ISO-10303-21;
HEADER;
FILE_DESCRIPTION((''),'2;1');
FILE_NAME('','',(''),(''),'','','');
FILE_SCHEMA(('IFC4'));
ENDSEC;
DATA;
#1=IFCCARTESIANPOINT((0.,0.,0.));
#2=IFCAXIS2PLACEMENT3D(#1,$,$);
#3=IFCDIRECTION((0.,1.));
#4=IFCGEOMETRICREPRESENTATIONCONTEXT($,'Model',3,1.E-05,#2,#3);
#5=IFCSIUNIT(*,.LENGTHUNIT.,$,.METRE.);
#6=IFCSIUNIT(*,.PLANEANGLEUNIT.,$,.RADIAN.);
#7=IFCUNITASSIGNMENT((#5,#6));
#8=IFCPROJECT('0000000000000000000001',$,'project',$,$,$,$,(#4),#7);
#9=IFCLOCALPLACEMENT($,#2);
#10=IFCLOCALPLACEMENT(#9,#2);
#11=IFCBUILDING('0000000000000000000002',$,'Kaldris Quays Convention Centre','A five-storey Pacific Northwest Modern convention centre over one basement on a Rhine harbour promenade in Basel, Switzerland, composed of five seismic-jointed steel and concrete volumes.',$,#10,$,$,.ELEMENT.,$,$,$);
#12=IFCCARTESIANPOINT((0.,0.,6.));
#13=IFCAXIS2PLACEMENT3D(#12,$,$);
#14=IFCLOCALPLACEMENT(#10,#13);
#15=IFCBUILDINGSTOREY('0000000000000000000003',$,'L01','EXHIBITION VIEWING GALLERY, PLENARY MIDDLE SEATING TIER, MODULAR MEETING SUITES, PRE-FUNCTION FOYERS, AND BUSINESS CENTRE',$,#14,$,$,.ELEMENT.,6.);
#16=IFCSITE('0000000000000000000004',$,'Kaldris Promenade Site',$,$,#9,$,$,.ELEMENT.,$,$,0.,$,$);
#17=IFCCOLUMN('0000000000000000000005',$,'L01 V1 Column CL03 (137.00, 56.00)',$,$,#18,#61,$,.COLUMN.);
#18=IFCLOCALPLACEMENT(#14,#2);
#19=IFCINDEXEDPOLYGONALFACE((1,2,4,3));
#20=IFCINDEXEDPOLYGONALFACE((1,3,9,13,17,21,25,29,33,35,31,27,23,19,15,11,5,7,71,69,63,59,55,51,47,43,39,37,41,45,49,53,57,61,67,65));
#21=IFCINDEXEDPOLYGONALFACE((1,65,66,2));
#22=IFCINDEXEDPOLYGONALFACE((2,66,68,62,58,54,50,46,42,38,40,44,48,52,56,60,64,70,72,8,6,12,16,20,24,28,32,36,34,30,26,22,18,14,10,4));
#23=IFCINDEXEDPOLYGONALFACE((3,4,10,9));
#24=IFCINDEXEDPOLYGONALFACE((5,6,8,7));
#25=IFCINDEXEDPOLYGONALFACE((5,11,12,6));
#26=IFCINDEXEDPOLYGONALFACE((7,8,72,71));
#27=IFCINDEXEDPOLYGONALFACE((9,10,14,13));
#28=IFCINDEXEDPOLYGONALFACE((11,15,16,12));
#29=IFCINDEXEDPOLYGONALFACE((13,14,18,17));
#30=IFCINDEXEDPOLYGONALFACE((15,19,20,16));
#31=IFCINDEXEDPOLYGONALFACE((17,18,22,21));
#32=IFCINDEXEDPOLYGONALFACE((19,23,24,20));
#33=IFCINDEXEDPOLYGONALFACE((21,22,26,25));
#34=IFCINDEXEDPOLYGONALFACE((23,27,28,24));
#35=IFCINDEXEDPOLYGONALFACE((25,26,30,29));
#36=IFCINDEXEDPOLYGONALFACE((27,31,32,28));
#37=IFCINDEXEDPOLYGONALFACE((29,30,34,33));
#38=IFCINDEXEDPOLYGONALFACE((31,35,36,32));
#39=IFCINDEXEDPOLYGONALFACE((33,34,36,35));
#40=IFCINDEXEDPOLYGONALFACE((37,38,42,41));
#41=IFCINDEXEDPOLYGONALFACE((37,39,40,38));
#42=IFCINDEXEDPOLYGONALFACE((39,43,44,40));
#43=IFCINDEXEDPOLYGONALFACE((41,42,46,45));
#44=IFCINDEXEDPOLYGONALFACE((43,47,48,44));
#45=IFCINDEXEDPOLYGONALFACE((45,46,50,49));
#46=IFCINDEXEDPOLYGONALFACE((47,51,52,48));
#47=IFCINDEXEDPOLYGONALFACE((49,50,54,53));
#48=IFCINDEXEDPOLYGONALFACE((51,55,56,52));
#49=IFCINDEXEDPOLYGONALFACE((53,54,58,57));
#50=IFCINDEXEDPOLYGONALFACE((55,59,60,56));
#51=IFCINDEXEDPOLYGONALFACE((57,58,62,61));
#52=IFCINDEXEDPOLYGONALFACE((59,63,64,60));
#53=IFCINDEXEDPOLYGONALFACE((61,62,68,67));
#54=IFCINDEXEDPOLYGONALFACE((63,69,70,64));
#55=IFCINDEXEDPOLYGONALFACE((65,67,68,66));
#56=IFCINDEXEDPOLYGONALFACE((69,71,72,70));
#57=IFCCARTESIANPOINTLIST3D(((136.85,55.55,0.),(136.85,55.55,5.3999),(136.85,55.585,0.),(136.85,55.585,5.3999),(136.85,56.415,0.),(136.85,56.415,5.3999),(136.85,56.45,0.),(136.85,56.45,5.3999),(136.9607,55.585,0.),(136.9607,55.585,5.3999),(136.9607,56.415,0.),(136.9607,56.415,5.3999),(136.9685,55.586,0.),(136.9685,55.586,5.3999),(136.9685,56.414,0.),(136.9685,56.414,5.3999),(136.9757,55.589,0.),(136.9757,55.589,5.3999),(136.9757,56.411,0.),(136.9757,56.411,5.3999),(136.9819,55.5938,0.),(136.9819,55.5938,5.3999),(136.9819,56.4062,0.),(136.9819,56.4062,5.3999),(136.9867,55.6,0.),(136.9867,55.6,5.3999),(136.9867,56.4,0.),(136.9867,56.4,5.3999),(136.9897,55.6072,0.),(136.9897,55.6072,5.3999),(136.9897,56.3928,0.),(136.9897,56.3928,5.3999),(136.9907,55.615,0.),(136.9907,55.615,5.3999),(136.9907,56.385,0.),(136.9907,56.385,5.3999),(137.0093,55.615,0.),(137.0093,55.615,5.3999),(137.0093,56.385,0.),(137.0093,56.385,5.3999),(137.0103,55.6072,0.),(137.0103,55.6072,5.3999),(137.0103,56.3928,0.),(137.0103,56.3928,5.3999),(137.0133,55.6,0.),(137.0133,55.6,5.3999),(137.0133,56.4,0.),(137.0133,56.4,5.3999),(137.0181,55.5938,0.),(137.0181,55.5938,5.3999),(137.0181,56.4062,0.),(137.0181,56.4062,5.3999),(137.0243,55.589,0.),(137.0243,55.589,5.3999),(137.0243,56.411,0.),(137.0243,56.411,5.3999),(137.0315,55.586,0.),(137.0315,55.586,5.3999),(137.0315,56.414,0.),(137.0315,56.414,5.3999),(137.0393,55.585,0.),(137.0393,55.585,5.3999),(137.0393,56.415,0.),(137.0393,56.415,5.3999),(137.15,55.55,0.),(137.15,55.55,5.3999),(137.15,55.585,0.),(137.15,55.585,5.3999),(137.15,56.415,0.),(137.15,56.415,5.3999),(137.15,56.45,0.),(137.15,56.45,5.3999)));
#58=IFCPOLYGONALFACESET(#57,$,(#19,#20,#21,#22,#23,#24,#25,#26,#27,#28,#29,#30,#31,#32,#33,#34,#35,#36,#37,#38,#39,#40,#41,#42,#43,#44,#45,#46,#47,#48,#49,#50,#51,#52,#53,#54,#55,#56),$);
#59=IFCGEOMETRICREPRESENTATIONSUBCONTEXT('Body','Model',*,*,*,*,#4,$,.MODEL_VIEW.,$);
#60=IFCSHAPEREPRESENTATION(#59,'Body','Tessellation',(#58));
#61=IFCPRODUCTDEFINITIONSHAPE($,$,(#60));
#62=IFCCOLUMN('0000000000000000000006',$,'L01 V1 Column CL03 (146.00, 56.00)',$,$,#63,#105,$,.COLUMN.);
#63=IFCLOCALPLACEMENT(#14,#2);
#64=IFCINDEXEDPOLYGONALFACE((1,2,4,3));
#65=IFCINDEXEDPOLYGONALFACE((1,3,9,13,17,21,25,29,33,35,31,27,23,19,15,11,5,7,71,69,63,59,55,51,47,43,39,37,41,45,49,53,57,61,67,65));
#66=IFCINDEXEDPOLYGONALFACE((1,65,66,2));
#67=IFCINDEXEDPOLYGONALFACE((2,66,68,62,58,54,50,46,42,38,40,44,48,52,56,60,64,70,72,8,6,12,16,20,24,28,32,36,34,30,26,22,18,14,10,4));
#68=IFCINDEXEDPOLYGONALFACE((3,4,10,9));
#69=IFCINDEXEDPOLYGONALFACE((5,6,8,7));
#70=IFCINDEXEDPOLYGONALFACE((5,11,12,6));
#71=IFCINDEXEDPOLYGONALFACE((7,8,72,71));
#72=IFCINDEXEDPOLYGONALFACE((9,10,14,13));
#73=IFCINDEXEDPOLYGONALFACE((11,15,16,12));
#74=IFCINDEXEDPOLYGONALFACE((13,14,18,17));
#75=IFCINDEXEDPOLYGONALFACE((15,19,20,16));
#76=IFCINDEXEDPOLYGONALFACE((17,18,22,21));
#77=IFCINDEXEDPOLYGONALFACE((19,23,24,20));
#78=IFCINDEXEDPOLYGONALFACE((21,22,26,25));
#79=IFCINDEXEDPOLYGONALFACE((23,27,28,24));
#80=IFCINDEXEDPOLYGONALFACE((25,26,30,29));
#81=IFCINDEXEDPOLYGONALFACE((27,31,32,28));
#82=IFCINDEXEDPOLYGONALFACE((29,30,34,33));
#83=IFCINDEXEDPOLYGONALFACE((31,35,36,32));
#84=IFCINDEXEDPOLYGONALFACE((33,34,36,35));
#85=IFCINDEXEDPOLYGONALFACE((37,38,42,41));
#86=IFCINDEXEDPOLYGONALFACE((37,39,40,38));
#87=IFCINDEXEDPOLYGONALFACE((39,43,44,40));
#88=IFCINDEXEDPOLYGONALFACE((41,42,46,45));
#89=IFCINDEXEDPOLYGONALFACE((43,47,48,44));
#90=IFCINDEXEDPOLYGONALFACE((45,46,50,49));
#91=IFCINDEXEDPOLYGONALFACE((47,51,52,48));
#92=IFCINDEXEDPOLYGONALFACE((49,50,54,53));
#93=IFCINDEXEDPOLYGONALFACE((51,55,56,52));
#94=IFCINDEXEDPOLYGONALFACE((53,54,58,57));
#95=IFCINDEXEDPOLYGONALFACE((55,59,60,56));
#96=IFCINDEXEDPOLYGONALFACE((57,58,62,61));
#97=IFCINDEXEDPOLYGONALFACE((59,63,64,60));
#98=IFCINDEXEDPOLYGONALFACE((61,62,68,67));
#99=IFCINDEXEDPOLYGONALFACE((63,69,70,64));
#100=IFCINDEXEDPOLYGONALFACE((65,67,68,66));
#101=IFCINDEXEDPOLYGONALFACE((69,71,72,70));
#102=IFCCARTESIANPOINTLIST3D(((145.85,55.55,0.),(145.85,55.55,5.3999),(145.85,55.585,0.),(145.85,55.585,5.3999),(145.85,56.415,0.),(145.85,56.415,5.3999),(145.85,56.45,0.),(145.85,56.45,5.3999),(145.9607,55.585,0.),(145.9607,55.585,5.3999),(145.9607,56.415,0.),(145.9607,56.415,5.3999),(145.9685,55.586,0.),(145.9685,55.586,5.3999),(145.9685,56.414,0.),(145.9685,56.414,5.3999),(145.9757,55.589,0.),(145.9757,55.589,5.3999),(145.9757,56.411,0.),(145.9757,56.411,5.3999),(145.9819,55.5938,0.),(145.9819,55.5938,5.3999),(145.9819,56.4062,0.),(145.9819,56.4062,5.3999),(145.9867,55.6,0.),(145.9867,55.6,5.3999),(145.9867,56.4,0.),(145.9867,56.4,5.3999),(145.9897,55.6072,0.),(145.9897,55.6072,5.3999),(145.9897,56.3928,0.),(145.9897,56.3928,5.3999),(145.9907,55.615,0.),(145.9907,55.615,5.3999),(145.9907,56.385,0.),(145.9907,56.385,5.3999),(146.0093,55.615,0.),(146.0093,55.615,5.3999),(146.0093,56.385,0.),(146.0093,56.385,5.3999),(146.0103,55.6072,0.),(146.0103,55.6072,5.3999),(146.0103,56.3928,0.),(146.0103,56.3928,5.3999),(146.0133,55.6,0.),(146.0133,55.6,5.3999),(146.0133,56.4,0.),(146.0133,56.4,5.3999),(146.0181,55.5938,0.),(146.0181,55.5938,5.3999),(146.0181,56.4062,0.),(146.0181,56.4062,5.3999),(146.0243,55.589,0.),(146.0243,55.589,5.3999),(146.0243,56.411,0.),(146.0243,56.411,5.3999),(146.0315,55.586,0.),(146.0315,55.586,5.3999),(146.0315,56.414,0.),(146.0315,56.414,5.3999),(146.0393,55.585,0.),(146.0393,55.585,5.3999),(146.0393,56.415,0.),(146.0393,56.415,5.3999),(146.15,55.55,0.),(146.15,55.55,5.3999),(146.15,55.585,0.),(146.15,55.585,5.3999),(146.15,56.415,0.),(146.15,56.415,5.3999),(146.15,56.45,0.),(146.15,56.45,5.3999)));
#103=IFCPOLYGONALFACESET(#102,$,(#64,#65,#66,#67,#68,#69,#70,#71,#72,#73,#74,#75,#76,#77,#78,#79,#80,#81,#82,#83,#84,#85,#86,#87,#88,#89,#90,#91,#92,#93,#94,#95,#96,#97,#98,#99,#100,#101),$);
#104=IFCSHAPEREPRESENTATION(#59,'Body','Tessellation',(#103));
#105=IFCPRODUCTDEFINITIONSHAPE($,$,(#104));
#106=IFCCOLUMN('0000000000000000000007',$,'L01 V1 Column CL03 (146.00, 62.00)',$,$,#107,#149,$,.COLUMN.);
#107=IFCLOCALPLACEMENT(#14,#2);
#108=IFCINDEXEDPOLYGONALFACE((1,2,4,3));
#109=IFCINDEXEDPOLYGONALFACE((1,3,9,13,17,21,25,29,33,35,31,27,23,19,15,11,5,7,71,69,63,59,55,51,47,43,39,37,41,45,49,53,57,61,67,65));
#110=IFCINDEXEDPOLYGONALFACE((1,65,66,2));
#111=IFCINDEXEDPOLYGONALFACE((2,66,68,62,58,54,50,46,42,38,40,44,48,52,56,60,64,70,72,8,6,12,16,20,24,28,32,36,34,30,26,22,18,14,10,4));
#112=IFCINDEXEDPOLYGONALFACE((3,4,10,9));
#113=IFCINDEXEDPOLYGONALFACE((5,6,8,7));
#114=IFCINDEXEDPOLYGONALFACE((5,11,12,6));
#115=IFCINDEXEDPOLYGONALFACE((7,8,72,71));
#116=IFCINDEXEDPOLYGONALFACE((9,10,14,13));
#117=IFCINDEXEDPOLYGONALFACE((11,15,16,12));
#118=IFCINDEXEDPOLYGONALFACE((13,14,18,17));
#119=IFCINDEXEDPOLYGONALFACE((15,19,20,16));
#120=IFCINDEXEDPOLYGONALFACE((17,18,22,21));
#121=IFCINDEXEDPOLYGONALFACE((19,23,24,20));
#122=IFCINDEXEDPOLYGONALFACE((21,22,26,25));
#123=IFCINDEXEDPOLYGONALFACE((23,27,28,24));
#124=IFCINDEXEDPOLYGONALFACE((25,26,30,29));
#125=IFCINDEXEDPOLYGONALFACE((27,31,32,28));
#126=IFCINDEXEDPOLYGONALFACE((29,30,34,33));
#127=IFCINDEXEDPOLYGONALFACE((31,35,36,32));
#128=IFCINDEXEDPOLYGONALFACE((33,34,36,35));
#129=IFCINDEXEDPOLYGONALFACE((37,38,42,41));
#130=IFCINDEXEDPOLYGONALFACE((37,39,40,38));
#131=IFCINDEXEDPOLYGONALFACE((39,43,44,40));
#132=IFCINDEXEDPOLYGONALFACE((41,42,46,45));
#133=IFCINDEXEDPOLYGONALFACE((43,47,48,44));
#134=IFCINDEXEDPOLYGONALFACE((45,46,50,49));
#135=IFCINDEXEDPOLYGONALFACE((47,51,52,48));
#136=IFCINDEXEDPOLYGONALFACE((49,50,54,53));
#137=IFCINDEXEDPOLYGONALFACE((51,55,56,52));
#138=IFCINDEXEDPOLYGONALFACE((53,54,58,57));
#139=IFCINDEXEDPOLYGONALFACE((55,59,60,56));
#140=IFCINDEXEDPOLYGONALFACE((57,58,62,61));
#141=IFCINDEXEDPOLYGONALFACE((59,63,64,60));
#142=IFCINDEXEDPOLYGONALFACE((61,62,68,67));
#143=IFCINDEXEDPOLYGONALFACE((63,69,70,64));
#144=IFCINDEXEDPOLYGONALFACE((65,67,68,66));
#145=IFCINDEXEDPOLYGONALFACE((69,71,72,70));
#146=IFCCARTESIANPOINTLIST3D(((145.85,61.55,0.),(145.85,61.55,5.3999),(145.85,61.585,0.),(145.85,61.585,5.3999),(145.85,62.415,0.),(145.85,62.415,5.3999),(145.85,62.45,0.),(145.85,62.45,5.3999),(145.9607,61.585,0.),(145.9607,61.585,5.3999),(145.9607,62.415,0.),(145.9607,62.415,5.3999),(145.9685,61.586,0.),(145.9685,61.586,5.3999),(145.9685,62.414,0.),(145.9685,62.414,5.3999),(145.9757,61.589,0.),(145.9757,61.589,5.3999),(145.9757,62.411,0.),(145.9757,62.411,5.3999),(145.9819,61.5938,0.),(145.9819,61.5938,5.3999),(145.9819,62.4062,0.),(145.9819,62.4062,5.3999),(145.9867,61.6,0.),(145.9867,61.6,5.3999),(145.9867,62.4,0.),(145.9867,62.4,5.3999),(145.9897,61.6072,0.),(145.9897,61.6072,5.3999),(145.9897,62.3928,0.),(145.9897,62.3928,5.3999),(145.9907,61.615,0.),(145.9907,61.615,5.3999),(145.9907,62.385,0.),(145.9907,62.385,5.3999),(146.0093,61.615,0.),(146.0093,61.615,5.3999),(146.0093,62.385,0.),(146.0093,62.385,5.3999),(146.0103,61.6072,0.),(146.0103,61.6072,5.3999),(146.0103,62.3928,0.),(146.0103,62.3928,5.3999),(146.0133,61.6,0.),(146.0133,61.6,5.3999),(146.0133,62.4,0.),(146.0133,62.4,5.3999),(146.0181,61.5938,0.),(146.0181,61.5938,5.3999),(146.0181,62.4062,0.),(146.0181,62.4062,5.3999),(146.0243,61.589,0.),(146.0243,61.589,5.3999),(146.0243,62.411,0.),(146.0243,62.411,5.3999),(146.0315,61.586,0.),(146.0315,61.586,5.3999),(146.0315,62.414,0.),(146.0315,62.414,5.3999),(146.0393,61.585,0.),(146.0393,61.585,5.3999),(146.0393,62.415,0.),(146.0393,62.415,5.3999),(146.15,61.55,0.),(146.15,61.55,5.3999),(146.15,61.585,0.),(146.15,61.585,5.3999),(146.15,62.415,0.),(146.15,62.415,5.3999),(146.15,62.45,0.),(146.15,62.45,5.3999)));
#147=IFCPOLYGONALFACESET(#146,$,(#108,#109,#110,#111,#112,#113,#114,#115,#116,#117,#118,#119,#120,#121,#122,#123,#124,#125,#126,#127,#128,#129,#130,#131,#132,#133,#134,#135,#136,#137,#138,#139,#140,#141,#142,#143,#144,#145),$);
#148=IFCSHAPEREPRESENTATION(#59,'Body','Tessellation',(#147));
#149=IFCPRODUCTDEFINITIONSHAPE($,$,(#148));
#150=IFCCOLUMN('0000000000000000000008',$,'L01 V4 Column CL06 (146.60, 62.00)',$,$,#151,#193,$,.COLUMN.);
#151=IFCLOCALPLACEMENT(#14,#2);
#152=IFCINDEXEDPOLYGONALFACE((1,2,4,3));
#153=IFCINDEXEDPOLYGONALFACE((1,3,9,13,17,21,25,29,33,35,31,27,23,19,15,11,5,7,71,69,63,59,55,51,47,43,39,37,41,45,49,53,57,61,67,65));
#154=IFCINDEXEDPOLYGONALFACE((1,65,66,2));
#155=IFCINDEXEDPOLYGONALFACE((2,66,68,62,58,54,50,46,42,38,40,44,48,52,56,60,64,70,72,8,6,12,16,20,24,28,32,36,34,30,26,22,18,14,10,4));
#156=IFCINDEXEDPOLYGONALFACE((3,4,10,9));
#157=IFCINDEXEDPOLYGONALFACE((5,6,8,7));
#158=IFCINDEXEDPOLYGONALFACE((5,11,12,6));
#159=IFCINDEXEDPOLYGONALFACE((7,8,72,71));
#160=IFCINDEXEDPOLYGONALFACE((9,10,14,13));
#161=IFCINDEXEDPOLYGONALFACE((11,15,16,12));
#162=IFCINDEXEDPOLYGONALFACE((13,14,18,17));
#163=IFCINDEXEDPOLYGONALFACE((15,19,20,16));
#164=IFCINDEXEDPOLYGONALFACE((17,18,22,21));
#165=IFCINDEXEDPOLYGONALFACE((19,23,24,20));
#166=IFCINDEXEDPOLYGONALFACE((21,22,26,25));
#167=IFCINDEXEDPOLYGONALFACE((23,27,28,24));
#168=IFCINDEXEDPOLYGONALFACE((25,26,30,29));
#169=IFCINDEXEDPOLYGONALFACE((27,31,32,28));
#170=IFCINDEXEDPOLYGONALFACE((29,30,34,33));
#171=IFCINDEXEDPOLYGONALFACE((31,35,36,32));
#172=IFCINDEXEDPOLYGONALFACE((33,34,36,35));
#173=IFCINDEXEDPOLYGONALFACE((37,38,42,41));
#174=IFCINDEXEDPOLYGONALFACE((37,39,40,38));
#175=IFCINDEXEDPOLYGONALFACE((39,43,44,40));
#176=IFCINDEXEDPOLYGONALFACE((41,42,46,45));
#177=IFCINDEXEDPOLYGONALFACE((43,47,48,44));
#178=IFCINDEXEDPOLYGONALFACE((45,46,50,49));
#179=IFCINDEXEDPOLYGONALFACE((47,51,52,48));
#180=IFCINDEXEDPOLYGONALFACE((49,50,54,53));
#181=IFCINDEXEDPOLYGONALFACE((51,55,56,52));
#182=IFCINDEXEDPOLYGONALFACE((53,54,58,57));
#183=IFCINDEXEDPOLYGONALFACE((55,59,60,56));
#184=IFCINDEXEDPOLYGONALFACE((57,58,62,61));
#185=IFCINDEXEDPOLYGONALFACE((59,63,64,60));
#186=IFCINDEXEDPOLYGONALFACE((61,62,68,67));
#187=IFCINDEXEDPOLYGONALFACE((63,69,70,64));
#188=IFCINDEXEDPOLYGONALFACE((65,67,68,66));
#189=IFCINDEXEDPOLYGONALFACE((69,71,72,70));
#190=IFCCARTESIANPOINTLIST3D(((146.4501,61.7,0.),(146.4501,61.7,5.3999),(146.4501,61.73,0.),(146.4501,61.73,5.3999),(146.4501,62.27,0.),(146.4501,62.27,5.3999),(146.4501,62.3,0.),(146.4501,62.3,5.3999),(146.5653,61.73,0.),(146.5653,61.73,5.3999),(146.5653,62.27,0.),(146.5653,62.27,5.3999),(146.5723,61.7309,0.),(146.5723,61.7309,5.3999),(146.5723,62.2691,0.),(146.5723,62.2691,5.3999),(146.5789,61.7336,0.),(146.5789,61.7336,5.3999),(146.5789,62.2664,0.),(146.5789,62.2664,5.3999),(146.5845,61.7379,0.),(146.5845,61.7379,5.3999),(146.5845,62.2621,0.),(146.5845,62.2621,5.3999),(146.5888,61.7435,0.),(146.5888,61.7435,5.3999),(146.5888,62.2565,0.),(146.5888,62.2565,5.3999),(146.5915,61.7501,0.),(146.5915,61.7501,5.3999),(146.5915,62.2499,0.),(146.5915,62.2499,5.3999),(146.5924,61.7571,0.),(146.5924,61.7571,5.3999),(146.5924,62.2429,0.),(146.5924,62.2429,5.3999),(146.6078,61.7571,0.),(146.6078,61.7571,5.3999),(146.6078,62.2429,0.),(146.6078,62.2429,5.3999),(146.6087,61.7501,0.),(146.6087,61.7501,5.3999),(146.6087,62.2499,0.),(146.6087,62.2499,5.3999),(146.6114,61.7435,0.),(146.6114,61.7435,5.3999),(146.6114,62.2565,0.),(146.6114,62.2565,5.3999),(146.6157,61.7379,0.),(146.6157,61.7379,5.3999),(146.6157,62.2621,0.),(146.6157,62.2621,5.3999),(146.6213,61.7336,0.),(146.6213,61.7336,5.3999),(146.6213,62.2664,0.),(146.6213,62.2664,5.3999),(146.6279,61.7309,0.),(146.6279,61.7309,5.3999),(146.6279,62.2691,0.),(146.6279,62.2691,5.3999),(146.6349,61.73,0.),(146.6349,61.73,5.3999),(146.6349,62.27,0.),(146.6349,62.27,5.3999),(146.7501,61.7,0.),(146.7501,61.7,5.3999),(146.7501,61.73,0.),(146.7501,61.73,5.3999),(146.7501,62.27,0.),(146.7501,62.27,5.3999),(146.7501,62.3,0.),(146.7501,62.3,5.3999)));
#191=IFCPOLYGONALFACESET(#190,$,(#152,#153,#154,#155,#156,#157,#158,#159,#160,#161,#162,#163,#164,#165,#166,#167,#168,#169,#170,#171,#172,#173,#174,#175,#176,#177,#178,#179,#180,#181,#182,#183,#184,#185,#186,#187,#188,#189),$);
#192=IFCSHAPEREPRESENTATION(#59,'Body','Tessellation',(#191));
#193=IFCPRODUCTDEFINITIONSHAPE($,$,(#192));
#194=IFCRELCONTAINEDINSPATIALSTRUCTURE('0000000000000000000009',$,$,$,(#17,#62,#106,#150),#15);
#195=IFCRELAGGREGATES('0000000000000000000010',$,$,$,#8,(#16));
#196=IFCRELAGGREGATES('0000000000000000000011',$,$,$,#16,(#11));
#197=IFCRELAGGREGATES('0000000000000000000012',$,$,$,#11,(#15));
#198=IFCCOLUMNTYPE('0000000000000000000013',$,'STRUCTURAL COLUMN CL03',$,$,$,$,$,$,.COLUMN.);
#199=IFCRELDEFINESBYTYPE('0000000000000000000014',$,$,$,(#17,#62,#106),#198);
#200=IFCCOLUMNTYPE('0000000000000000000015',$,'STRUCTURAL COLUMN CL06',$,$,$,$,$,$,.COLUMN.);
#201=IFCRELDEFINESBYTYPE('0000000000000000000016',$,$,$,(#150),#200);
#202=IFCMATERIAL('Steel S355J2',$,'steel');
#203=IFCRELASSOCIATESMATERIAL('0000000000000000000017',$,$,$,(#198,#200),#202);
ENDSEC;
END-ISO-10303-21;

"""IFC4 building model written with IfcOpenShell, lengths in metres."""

from ifc_helpers import new_model, si_unit, direction, frame, origin, origin_2d, place, context, subcontext, project, spatial, i_section, extrude, material, material_profile, profile_set, type_object, element, save


model = new_model("IFC4")

# Units and contexts
model_context = context("Model", 3, precision=1e-05, world=origin(), true_north=direction((0.0, 1.0)))
body_context = subcontext(model_context, "Body", "Model", "MODEL_VIEW")
ifc_project = project(units=[si_unit("LENGTHUNIT", "METRE"), si_unit("PLANEANGLEUNIT", "RADIAN")], contexts=[model_context])

# Site, building, storey
site_placement = place(None, origin())
site = spatial("IfcSite", under=ifc_project, at=site_placement, Name="Kaldris Promenade Site", CompositionType="ELEMENT", RefElevation=0.0)
building_placement = place(site_placement, origin())
building = spatial("IfcBuilding", under=site, at=building_placement, Name="Kaldris Quays Convention Centre", Description="A five-storey Pacific Northwest Modern convention centre over one basement on a Rhine harbour promenade in Basel, Switzerland, composed of five seismic-jointed steel and concrete volumes.", CompositionType="ELEMENT")
storey_placement = place(building_placement, frame((0.0, 0.0, 6.0)))
storey = spatial("IfcBuildingStorey", under=building, at=storey_placement, Name="L01", Description="EXHIBITION VIEWING GALLERY, PLENARY MIDDLE SEATING TIER, MODULAR MEETING SUITES, PRE-FUNCTION FOYERS, AND BUSINESS CENTRE", CompositionType="ELEMENT", Elevation=6.0)

# Columns
ifc_material_1 = material(Name="Steel S355J2", Category="steel")
ifc_material_profile_1 = material_profile(ifc_material_1, i_section(OverallWidth=0.3, OverallDepth=0.8999, WebThickness=0.0186, FlangeThickness=0.0349, FilletRadius=0.03, at=origin_2d()), Name="HEB 900")
ifc_profile_set_1 = profile_set([ifc_material_profile_1], Name="Steel S355J2")
column_type_1 = type_object("IfcColumnType", Name="STRUCTURAL COLUMN CL03", PredefinedType="COLUMN", material=ifc_profile_set_1)
for number, where, z_axis, x_axis, name in (
    (1, (137.0, 56.0, 0.0), (0.0, 0.0, 1.0), (1.0, 0.0, 0.0), "L01 V1 Column CL03 (137.00, 56.00)"),
    (2, (146.0, 56.0, 0.0), (0.0, 0.0, 1.0), (1.0, 0.0, 0.0), "L01 V1 Column CL03 (146.00, 56.00)"),
    (3, (146.0, 62.0, 0.0), (0.0, 0.0, 1.0), (1.0, 0.0, 0.0), "L01 V1 Column CL03 (146.00, 62.00)"),
):
    element("IfcColumn", number, at=place(storey_placement, frame(where, z_axis=z_axis, x_axis=x_axis)), inside=storey, type_object=column_type_1, Name=name, PredefinedType="COLUMN", context=body_context, shape_type="SweptSolid", body=[
        extrude(i_section(OverallWidth=0.3, OverallDepth=0.8999, WebThickness=0.0186, FlangeThickness=0.0349, FilletRadius=0.03, at=origin_2d()), origin(), (0.0, 0.0, 1.0), 5.3999),
    ])
ifc_material_profile_2 = material_profile(ifc_material_1, i_section(OverallWidth=0.3, OverallDepth=0.6001, WebThickness=0.0154, FlangeThickness=0.03, FilletRadius=0.0271, at=origin_2d()), Name="HEB 600")
ifc_profile_set_2 = profile_set([ifc_material_profile_2], Name="Steel S355J2")
column_type_2 = type_object("IfcColumnType", Name="STRUCTURAL COLUMN CL06", PredefinedType="COLUMN", material=ifc_profile_set_2)
for number, where, z_axis, x_axis, name in (
    (4, (146.6001, 62.0, 0.0), (0.0, 0.0, 1.0), (1.0, 0.0, 0.0), "L01 V4 Column CL06 (146.60, 62.00)"),
):
    element("IfcColumn", number, at=place(storey_placement, frame(where, z_axis=z_axis, x_axis=x_axis)), inside=storey, type_object=column_type_2, Name=name, PredefinedType="COLUMN", context=body_context, shape_type="SweptSolid", body=[
        extrude(i_section(OverallWidth=0.3, OverallDepth=0.6001, WebThickness=0.0154, FlangeThickness=0.03, FilletRadius=0.0271, at=origin_2d()), origin(), (0.0, 0.0, 1.0), 5.3999),
    ])

save(model, "model.ifc")
